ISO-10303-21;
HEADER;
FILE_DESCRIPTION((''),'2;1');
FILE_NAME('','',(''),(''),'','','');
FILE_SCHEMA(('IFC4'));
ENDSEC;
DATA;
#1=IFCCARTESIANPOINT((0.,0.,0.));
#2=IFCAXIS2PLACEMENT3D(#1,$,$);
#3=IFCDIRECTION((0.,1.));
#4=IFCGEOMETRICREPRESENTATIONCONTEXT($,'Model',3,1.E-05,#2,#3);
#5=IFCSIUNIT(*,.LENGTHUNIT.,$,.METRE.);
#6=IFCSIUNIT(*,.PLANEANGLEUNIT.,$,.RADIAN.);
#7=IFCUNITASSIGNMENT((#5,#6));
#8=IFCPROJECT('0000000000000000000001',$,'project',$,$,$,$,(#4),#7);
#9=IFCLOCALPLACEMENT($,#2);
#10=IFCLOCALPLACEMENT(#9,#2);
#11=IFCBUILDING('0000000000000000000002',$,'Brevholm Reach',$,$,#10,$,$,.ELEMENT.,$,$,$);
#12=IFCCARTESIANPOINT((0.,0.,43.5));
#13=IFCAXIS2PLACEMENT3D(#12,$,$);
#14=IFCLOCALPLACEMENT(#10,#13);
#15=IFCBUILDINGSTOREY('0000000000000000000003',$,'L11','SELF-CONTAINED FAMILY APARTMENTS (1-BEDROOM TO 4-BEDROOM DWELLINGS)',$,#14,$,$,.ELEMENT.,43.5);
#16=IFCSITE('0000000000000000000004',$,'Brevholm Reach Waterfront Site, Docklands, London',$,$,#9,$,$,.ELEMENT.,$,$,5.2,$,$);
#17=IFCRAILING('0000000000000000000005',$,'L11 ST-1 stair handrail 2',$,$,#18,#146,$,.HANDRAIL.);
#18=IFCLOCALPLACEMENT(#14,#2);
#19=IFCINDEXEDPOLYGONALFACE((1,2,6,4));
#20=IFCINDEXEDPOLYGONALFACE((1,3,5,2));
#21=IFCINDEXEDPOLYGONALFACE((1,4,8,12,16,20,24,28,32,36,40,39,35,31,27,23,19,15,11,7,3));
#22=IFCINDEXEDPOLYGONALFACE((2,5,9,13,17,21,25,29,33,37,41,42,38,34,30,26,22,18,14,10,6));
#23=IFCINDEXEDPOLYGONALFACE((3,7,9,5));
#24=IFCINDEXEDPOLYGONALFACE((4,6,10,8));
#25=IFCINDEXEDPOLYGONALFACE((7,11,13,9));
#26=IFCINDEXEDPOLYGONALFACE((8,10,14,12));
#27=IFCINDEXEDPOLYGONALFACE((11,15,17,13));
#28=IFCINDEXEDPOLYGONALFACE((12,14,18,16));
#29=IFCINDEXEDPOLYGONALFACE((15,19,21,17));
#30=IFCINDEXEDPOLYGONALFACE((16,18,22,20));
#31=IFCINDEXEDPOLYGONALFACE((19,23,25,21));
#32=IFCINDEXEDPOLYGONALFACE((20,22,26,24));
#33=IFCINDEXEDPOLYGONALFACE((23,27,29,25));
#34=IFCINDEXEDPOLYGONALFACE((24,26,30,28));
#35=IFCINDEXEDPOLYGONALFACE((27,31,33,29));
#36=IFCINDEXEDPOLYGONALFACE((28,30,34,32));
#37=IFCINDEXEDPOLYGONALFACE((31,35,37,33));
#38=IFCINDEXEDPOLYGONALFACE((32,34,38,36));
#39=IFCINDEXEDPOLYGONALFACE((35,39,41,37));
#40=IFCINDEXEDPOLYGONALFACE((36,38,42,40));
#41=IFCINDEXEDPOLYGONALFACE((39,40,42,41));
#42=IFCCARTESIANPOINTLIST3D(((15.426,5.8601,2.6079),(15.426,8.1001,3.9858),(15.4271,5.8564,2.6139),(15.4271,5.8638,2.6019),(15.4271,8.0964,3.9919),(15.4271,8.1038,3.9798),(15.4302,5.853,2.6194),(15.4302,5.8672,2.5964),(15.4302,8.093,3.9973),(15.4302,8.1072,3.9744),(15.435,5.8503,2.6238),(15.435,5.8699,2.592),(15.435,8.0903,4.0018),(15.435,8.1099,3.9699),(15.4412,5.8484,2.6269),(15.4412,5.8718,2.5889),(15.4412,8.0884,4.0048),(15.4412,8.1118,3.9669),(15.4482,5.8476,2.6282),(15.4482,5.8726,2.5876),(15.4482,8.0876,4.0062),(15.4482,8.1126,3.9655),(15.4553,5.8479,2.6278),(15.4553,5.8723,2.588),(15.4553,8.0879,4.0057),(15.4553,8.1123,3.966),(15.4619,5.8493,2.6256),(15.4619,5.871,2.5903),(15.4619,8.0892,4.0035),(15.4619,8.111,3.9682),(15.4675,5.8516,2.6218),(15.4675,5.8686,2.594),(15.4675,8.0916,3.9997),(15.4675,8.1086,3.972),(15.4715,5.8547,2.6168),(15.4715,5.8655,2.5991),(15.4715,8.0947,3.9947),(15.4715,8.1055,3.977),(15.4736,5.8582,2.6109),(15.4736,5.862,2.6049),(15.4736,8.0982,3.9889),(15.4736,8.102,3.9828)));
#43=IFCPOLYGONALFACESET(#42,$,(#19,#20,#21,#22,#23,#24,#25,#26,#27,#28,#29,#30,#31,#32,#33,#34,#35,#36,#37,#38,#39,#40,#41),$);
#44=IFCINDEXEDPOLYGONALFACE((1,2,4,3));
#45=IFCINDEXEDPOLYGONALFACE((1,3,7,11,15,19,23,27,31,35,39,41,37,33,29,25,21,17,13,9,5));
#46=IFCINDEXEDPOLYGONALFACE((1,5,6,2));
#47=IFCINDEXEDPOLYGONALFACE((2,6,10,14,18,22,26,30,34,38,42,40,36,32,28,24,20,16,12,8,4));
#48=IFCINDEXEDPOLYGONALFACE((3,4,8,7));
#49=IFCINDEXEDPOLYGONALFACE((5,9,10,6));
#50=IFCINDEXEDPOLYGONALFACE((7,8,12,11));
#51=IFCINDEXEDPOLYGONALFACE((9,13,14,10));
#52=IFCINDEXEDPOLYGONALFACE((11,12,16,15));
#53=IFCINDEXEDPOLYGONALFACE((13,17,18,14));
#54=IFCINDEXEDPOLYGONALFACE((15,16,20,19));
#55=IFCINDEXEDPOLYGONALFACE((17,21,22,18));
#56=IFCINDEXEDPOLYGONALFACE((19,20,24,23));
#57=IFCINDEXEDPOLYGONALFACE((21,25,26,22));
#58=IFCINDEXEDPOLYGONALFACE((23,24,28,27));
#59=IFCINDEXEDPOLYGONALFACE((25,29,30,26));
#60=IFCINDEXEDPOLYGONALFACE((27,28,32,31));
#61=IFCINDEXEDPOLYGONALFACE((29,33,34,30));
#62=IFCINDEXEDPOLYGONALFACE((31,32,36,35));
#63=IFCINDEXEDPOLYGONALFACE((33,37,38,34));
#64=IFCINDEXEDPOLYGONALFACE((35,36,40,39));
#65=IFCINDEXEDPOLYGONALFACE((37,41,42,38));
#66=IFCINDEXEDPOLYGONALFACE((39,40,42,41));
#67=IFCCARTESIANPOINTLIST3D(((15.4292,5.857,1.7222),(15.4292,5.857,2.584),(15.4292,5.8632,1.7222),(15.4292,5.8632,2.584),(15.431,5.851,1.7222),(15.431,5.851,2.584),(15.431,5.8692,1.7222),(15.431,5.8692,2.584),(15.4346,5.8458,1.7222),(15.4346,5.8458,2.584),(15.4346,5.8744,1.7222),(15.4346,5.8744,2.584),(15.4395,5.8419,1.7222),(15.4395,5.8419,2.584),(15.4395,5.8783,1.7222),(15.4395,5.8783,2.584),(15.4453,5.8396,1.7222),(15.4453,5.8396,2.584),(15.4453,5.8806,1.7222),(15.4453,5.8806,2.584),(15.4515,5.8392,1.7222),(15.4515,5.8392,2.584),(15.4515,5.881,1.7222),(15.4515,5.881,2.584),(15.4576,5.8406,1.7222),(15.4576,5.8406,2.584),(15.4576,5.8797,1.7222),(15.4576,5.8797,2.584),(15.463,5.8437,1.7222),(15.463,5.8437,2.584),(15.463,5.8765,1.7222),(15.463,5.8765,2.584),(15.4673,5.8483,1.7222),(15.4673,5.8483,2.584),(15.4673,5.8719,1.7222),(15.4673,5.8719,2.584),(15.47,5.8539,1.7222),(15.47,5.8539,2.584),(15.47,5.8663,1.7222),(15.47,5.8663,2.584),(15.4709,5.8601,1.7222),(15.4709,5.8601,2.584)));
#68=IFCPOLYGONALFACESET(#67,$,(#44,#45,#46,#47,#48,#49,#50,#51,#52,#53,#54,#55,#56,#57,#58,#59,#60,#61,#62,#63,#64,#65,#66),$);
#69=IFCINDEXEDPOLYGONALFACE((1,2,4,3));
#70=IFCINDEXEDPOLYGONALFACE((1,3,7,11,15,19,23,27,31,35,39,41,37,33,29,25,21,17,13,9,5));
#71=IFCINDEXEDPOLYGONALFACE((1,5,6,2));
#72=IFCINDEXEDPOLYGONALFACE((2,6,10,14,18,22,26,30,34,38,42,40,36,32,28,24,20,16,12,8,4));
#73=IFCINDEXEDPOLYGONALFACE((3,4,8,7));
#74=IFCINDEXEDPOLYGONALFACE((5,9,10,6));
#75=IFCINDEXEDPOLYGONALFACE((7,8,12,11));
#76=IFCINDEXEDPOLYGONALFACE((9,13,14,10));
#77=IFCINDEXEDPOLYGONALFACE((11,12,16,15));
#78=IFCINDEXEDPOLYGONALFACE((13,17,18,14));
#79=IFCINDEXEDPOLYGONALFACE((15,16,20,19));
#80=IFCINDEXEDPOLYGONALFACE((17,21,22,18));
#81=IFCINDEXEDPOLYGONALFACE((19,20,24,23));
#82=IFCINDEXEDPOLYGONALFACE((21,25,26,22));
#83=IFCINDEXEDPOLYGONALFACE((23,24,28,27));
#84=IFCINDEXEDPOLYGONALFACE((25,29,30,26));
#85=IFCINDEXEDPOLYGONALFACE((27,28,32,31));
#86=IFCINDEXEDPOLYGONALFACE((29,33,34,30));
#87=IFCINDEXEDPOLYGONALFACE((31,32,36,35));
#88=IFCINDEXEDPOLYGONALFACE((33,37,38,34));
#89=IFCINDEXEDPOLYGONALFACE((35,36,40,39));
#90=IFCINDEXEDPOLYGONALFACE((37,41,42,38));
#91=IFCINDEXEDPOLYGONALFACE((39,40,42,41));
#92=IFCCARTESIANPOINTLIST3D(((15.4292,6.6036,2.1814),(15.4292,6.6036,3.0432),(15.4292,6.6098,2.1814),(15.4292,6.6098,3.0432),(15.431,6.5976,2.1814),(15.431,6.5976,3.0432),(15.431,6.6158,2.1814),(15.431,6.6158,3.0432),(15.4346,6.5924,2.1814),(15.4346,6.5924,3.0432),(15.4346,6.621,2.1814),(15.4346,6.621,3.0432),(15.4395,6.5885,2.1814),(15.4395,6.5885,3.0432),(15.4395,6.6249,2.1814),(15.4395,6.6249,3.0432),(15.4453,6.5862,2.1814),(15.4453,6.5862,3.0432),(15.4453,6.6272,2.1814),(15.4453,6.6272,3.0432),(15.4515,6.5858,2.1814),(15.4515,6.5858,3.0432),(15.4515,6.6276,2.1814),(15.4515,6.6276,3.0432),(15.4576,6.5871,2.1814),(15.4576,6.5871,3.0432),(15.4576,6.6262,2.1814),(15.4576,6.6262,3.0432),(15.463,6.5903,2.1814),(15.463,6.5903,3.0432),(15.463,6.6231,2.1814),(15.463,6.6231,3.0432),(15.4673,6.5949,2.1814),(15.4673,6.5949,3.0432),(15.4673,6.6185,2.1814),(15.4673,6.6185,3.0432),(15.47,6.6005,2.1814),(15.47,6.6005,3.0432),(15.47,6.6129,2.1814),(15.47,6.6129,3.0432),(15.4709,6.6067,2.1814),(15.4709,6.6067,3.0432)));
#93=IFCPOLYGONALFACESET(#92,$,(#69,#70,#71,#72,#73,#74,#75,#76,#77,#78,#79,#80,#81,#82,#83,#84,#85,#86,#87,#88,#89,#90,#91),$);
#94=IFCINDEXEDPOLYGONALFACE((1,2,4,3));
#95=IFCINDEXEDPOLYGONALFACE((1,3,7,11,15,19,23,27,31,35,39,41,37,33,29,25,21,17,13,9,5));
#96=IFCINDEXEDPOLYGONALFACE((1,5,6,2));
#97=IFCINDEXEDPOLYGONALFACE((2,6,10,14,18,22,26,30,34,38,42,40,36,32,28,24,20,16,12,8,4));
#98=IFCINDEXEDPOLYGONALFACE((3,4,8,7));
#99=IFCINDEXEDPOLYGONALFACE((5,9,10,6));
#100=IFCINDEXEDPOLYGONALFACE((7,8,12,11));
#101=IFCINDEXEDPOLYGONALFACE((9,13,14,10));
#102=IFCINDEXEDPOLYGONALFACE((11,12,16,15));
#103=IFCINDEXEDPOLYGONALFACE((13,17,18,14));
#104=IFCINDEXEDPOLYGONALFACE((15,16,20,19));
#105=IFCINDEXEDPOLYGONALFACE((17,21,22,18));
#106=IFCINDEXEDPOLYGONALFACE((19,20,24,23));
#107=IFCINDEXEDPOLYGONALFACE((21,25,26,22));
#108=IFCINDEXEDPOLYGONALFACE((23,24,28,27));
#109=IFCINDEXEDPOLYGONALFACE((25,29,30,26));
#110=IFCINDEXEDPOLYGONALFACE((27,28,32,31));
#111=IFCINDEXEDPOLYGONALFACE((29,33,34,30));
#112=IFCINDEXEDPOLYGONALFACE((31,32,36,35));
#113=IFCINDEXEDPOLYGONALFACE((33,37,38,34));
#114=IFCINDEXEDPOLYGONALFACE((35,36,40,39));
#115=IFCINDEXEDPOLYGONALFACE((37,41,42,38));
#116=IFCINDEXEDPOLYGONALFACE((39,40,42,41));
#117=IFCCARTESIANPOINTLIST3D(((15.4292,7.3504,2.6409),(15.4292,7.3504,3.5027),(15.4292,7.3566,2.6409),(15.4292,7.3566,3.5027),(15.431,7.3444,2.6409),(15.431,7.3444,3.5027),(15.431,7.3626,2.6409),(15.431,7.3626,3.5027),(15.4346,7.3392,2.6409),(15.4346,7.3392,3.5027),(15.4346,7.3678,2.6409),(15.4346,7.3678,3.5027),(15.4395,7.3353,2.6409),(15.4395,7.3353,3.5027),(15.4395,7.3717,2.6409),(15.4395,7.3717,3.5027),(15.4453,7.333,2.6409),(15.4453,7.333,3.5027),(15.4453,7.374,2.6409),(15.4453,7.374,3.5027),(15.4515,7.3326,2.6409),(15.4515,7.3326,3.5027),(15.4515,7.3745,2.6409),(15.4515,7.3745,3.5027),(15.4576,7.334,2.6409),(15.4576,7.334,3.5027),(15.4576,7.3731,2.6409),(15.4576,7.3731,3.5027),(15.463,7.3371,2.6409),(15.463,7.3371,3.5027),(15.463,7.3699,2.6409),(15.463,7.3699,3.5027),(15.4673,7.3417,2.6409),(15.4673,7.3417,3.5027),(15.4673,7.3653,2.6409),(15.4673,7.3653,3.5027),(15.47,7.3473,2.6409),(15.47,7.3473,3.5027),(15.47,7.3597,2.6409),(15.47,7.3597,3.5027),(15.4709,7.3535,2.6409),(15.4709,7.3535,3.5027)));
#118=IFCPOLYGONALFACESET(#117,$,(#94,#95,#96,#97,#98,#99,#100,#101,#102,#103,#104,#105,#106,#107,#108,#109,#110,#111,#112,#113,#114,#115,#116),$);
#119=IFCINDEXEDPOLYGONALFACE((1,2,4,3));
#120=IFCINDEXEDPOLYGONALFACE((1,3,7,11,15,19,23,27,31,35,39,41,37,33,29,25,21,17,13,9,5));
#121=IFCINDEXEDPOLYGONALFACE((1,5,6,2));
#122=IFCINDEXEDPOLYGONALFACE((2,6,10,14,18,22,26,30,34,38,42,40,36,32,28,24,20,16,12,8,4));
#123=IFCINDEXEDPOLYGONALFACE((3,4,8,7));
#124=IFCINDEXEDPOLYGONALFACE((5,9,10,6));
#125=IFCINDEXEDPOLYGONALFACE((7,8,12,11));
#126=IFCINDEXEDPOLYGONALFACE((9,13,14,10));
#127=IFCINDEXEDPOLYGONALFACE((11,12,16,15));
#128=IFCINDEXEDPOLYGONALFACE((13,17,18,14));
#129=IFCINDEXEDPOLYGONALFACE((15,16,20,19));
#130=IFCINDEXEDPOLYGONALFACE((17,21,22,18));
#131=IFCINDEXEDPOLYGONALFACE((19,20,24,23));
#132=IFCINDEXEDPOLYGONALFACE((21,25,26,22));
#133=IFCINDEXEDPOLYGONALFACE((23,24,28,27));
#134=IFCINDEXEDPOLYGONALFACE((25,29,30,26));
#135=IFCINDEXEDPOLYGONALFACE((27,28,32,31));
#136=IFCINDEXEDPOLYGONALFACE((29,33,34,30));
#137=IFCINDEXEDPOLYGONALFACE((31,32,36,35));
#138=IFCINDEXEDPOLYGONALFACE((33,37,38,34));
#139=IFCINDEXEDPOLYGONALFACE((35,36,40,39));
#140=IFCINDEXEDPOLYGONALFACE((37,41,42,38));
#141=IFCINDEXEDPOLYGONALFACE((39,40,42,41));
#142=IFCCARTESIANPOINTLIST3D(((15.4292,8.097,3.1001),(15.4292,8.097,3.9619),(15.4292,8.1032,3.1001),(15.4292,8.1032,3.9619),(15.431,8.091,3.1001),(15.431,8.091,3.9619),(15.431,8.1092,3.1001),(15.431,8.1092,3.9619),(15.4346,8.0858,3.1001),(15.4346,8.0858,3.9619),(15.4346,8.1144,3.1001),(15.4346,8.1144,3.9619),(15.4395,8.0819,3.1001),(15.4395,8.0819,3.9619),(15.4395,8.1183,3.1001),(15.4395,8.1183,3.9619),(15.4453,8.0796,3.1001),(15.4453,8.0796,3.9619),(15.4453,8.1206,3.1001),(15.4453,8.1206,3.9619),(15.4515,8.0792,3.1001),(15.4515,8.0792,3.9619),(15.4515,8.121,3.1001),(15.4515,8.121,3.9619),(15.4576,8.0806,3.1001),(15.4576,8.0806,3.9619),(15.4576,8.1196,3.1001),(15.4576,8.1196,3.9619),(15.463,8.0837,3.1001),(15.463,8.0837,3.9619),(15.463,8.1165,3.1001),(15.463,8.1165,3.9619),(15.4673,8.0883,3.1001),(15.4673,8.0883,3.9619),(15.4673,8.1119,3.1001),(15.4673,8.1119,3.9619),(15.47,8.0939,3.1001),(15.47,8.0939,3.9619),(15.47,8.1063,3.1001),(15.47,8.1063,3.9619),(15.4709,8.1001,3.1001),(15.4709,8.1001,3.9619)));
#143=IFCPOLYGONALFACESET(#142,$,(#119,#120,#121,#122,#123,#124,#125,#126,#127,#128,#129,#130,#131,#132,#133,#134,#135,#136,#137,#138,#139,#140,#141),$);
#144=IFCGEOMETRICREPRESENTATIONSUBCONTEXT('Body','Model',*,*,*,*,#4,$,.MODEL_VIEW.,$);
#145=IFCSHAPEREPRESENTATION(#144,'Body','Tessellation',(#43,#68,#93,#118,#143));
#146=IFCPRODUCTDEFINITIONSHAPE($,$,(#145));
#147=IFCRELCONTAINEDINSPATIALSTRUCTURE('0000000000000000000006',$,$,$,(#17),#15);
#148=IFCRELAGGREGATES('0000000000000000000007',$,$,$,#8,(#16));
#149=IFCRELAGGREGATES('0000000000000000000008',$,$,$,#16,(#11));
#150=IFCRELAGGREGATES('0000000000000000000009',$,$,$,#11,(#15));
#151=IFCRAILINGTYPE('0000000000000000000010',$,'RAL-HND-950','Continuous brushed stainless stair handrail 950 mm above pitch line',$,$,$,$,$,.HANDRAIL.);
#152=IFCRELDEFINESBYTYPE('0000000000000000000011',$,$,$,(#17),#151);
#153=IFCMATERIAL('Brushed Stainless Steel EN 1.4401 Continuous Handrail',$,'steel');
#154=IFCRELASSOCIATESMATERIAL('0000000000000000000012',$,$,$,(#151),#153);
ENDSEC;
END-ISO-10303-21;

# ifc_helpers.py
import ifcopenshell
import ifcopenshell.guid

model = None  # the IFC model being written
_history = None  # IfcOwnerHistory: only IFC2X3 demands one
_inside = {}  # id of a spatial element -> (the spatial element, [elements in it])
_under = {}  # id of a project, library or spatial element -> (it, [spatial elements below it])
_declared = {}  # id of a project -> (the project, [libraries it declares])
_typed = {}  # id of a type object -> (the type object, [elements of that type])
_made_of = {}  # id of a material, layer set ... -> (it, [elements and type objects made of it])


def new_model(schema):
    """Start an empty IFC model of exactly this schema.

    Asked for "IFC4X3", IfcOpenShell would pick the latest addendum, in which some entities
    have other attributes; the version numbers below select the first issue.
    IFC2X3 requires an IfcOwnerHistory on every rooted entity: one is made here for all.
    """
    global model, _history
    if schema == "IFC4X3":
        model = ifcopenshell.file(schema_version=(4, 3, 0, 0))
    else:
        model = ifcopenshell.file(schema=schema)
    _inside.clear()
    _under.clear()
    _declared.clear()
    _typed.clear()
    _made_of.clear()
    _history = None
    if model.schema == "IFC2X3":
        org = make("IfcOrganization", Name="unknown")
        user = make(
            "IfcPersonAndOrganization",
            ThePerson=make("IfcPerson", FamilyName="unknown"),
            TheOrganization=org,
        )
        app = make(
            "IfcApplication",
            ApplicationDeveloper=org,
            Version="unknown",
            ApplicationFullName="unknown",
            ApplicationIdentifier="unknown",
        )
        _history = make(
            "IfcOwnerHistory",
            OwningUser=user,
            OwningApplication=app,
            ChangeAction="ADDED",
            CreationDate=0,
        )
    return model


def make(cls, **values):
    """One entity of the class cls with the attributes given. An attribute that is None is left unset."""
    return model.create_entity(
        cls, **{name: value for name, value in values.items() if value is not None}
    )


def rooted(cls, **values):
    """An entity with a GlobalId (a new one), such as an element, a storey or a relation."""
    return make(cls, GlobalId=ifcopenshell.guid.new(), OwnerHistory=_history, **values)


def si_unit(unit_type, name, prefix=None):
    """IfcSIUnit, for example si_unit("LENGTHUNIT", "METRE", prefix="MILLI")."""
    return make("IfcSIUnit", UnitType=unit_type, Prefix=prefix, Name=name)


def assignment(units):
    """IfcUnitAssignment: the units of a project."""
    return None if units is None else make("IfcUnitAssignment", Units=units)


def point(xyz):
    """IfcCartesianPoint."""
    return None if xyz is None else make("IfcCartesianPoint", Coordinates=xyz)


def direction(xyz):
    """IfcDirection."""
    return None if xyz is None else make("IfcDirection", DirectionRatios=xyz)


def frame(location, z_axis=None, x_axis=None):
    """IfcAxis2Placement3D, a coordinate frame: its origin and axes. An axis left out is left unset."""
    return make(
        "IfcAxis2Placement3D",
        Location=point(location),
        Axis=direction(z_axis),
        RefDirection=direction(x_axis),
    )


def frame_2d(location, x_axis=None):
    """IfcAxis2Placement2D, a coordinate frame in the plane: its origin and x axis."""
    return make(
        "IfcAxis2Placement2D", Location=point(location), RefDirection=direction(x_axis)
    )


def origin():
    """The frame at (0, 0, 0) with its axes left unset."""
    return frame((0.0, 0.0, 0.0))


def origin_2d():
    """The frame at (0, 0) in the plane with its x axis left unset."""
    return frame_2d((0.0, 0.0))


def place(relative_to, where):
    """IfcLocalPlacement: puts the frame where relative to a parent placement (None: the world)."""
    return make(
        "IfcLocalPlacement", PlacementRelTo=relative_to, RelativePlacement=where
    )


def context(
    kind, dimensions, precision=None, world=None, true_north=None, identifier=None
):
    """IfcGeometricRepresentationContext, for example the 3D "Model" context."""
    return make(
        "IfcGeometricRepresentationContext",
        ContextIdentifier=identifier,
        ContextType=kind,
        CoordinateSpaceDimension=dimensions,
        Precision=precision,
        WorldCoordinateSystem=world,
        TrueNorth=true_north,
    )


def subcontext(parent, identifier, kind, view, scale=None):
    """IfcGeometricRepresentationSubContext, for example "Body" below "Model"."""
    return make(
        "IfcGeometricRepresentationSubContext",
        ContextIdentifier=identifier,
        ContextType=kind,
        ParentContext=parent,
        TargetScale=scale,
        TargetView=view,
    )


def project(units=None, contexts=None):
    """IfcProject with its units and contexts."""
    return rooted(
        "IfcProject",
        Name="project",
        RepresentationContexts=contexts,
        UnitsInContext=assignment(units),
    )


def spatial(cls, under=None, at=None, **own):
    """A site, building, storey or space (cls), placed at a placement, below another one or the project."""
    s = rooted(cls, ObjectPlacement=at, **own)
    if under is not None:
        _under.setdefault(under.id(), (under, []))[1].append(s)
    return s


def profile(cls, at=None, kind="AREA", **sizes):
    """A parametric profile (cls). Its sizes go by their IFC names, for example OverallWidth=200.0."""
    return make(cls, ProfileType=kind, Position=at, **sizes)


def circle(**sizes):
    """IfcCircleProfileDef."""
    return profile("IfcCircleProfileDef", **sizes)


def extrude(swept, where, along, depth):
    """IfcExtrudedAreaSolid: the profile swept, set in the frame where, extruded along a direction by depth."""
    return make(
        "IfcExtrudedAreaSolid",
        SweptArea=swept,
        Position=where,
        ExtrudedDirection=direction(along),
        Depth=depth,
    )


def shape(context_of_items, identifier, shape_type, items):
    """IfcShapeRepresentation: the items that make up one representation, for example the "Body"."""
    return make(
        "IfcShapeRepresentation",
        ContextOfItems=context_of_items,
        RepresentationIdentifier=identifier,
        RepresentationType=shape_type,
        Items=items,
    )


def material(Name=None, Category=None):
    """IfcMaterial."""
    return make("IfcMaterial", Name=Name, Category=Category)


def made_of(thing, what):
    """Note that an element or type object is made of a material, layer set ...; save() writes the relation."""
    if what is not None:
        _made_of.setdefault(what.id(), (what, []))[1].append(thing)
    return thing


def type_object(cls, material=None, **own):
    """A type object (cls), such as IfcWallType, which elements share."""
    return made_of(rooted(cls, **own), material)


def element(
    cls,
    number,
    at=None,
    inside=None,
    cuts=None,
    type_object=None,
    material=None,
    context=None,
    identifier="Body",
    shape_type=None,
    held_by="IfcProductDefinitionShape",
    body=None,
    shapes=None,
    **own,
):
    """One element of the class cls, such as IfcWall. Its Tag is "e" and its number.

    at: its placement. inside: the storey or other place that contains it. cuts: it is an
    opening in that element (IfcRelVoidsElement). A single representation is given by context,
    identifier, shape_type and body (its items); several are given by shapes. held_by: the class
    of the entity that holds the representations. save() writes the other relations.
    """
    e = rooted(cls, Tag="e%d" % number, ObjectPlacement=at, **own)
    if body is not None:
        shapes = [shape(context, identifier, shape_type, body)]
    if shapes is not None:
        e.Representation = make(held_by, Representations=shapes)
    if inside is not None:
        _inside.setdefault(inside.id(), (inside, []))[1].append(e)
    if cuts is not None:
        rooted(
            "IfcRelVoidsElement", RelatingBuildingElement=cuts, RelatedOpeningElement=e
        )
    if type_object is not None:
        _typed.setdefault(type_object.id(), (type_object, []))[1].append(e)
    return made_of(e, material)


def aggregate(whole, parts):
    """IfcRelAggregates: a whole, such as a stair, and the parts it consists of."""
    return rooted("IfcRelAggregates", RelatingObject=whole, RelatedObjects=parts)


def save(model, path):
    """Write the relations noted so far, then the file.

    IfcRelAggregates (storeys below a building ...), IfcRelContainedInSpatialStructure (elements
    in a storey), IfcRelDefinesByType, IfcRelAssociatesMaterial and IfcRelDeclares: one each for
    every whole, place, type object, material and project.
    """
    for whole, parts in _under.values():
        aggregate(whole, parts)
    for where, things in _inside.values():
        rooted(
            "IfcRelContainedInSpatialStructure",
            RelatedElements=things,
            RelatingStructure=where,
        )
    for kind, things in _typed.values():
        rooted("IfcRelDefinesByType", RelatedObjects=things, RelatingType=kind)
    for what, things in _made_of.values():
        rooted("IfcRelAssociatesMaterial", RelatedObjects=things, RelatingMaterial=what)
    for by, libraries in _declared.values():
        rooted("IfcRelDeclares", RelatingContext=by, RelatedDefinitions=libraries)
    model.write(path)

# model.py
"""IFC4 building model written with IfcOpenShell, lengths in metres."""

from ifc_helpers import new_model, si_unit, direction, frame, origin, origin_2d, place, context, subcontext, project, spatial, circle, extrude, material, type_object, element, save


model = new_model("IFC4")

# Units and contexts
model_context = context("Model", 3, precision=1e-05, world=origin(), true_north=direction((0.0, 1.0)))
body_context = subcontext(model_context, "Body", "Model", "MODEL_VIEW")
ifc_project = project(units=[si_unit("LENGTHUNIT", "METRE"), si_unit("PLANEANGLEUNIT", "RADIAN")], contexts=[model_context])

# Site, building, storey
site_placement = place(None, origin())
site = spatial("IfcSite", under=ifc_project, at=site_placement, Name="Brevholm Reach Waterfront Site, Docklands, London", CompositionType="ELEMENT", RefElevation=5.2)
building_placement = place(site_placement, origin())
building = spatial("IfcBuilding", under=site, at=building_placement, Name="Brevholm Reach", CompositionType="ELEMENT")
storey_placement = place(building_placement, frame((0.0, 0.0, 43.5)))
storey = spatial("IfcBuildingStorey", under=building, at=storey_placement, Name="L11", Description="SELF-CONTAINED FAMILY APARTMENTS (1-BEDROOM TO 4-BEDROOM DWELLINGS)", CompositionType="ELEMENT", Elevation=43.5)

# Railing
ifc_material_1 = material(Name="Brushed Stainless Steel EN 1.4401 Continuous Handrail", Category="steel")
railing_type_1 = type_object("IfcRailingType", Name="RAL-HND-950", Description="Continuous brushed stainless stair handrail 950 mm above pitch line", PredefinedType="HANDRAIL", material=ifc_material_1)
railing_1_placement = place(storey_placement, frame((15.45, 5.8601, 1.7222)))
element("IfcRailing", 1, at=railing_1_placement, inside=storey, type_object=railing_type_1, Name="L11 ST-1 stair handrail 2", PredefinedType="HANDRAIL", context=body_context, shape_type="SweptSolid", body=[
    extrude(circle(Radius=0.0239, at=origin_2d()), frame((0.0, 0.0, 0.8857), z_axis=(0.0, 0.851748, 0.523952), x_axis=(-1.0, 0.0, 0.0)), (0.0, 0.0, 1.0), 2.6299),
    extrude(circle(Radius=0.021, at=origin_2d()), origin(), (0.0, 0.0, 1.0), 0.8618),
    extrude(circle(Radius=0.021, at=origin_2d()), frame((0.0, 0.7466, 0.4592)), (0.0, 0.0, 1.0), 0.8618),
    extrude(circle(Radius=0.021, at=origin_2d()), frame((0.0, 1.4934, 0.9187)), (0.0, 0.0, 1.0), 0.8618),
    extrude(circle(Radius=0.021, at=origin_2d()), frame((0.0, 2.24, 1.3779)), (0.0, 0.0, 1.0), 0.8618),
])

save(model, "model.ifc")
